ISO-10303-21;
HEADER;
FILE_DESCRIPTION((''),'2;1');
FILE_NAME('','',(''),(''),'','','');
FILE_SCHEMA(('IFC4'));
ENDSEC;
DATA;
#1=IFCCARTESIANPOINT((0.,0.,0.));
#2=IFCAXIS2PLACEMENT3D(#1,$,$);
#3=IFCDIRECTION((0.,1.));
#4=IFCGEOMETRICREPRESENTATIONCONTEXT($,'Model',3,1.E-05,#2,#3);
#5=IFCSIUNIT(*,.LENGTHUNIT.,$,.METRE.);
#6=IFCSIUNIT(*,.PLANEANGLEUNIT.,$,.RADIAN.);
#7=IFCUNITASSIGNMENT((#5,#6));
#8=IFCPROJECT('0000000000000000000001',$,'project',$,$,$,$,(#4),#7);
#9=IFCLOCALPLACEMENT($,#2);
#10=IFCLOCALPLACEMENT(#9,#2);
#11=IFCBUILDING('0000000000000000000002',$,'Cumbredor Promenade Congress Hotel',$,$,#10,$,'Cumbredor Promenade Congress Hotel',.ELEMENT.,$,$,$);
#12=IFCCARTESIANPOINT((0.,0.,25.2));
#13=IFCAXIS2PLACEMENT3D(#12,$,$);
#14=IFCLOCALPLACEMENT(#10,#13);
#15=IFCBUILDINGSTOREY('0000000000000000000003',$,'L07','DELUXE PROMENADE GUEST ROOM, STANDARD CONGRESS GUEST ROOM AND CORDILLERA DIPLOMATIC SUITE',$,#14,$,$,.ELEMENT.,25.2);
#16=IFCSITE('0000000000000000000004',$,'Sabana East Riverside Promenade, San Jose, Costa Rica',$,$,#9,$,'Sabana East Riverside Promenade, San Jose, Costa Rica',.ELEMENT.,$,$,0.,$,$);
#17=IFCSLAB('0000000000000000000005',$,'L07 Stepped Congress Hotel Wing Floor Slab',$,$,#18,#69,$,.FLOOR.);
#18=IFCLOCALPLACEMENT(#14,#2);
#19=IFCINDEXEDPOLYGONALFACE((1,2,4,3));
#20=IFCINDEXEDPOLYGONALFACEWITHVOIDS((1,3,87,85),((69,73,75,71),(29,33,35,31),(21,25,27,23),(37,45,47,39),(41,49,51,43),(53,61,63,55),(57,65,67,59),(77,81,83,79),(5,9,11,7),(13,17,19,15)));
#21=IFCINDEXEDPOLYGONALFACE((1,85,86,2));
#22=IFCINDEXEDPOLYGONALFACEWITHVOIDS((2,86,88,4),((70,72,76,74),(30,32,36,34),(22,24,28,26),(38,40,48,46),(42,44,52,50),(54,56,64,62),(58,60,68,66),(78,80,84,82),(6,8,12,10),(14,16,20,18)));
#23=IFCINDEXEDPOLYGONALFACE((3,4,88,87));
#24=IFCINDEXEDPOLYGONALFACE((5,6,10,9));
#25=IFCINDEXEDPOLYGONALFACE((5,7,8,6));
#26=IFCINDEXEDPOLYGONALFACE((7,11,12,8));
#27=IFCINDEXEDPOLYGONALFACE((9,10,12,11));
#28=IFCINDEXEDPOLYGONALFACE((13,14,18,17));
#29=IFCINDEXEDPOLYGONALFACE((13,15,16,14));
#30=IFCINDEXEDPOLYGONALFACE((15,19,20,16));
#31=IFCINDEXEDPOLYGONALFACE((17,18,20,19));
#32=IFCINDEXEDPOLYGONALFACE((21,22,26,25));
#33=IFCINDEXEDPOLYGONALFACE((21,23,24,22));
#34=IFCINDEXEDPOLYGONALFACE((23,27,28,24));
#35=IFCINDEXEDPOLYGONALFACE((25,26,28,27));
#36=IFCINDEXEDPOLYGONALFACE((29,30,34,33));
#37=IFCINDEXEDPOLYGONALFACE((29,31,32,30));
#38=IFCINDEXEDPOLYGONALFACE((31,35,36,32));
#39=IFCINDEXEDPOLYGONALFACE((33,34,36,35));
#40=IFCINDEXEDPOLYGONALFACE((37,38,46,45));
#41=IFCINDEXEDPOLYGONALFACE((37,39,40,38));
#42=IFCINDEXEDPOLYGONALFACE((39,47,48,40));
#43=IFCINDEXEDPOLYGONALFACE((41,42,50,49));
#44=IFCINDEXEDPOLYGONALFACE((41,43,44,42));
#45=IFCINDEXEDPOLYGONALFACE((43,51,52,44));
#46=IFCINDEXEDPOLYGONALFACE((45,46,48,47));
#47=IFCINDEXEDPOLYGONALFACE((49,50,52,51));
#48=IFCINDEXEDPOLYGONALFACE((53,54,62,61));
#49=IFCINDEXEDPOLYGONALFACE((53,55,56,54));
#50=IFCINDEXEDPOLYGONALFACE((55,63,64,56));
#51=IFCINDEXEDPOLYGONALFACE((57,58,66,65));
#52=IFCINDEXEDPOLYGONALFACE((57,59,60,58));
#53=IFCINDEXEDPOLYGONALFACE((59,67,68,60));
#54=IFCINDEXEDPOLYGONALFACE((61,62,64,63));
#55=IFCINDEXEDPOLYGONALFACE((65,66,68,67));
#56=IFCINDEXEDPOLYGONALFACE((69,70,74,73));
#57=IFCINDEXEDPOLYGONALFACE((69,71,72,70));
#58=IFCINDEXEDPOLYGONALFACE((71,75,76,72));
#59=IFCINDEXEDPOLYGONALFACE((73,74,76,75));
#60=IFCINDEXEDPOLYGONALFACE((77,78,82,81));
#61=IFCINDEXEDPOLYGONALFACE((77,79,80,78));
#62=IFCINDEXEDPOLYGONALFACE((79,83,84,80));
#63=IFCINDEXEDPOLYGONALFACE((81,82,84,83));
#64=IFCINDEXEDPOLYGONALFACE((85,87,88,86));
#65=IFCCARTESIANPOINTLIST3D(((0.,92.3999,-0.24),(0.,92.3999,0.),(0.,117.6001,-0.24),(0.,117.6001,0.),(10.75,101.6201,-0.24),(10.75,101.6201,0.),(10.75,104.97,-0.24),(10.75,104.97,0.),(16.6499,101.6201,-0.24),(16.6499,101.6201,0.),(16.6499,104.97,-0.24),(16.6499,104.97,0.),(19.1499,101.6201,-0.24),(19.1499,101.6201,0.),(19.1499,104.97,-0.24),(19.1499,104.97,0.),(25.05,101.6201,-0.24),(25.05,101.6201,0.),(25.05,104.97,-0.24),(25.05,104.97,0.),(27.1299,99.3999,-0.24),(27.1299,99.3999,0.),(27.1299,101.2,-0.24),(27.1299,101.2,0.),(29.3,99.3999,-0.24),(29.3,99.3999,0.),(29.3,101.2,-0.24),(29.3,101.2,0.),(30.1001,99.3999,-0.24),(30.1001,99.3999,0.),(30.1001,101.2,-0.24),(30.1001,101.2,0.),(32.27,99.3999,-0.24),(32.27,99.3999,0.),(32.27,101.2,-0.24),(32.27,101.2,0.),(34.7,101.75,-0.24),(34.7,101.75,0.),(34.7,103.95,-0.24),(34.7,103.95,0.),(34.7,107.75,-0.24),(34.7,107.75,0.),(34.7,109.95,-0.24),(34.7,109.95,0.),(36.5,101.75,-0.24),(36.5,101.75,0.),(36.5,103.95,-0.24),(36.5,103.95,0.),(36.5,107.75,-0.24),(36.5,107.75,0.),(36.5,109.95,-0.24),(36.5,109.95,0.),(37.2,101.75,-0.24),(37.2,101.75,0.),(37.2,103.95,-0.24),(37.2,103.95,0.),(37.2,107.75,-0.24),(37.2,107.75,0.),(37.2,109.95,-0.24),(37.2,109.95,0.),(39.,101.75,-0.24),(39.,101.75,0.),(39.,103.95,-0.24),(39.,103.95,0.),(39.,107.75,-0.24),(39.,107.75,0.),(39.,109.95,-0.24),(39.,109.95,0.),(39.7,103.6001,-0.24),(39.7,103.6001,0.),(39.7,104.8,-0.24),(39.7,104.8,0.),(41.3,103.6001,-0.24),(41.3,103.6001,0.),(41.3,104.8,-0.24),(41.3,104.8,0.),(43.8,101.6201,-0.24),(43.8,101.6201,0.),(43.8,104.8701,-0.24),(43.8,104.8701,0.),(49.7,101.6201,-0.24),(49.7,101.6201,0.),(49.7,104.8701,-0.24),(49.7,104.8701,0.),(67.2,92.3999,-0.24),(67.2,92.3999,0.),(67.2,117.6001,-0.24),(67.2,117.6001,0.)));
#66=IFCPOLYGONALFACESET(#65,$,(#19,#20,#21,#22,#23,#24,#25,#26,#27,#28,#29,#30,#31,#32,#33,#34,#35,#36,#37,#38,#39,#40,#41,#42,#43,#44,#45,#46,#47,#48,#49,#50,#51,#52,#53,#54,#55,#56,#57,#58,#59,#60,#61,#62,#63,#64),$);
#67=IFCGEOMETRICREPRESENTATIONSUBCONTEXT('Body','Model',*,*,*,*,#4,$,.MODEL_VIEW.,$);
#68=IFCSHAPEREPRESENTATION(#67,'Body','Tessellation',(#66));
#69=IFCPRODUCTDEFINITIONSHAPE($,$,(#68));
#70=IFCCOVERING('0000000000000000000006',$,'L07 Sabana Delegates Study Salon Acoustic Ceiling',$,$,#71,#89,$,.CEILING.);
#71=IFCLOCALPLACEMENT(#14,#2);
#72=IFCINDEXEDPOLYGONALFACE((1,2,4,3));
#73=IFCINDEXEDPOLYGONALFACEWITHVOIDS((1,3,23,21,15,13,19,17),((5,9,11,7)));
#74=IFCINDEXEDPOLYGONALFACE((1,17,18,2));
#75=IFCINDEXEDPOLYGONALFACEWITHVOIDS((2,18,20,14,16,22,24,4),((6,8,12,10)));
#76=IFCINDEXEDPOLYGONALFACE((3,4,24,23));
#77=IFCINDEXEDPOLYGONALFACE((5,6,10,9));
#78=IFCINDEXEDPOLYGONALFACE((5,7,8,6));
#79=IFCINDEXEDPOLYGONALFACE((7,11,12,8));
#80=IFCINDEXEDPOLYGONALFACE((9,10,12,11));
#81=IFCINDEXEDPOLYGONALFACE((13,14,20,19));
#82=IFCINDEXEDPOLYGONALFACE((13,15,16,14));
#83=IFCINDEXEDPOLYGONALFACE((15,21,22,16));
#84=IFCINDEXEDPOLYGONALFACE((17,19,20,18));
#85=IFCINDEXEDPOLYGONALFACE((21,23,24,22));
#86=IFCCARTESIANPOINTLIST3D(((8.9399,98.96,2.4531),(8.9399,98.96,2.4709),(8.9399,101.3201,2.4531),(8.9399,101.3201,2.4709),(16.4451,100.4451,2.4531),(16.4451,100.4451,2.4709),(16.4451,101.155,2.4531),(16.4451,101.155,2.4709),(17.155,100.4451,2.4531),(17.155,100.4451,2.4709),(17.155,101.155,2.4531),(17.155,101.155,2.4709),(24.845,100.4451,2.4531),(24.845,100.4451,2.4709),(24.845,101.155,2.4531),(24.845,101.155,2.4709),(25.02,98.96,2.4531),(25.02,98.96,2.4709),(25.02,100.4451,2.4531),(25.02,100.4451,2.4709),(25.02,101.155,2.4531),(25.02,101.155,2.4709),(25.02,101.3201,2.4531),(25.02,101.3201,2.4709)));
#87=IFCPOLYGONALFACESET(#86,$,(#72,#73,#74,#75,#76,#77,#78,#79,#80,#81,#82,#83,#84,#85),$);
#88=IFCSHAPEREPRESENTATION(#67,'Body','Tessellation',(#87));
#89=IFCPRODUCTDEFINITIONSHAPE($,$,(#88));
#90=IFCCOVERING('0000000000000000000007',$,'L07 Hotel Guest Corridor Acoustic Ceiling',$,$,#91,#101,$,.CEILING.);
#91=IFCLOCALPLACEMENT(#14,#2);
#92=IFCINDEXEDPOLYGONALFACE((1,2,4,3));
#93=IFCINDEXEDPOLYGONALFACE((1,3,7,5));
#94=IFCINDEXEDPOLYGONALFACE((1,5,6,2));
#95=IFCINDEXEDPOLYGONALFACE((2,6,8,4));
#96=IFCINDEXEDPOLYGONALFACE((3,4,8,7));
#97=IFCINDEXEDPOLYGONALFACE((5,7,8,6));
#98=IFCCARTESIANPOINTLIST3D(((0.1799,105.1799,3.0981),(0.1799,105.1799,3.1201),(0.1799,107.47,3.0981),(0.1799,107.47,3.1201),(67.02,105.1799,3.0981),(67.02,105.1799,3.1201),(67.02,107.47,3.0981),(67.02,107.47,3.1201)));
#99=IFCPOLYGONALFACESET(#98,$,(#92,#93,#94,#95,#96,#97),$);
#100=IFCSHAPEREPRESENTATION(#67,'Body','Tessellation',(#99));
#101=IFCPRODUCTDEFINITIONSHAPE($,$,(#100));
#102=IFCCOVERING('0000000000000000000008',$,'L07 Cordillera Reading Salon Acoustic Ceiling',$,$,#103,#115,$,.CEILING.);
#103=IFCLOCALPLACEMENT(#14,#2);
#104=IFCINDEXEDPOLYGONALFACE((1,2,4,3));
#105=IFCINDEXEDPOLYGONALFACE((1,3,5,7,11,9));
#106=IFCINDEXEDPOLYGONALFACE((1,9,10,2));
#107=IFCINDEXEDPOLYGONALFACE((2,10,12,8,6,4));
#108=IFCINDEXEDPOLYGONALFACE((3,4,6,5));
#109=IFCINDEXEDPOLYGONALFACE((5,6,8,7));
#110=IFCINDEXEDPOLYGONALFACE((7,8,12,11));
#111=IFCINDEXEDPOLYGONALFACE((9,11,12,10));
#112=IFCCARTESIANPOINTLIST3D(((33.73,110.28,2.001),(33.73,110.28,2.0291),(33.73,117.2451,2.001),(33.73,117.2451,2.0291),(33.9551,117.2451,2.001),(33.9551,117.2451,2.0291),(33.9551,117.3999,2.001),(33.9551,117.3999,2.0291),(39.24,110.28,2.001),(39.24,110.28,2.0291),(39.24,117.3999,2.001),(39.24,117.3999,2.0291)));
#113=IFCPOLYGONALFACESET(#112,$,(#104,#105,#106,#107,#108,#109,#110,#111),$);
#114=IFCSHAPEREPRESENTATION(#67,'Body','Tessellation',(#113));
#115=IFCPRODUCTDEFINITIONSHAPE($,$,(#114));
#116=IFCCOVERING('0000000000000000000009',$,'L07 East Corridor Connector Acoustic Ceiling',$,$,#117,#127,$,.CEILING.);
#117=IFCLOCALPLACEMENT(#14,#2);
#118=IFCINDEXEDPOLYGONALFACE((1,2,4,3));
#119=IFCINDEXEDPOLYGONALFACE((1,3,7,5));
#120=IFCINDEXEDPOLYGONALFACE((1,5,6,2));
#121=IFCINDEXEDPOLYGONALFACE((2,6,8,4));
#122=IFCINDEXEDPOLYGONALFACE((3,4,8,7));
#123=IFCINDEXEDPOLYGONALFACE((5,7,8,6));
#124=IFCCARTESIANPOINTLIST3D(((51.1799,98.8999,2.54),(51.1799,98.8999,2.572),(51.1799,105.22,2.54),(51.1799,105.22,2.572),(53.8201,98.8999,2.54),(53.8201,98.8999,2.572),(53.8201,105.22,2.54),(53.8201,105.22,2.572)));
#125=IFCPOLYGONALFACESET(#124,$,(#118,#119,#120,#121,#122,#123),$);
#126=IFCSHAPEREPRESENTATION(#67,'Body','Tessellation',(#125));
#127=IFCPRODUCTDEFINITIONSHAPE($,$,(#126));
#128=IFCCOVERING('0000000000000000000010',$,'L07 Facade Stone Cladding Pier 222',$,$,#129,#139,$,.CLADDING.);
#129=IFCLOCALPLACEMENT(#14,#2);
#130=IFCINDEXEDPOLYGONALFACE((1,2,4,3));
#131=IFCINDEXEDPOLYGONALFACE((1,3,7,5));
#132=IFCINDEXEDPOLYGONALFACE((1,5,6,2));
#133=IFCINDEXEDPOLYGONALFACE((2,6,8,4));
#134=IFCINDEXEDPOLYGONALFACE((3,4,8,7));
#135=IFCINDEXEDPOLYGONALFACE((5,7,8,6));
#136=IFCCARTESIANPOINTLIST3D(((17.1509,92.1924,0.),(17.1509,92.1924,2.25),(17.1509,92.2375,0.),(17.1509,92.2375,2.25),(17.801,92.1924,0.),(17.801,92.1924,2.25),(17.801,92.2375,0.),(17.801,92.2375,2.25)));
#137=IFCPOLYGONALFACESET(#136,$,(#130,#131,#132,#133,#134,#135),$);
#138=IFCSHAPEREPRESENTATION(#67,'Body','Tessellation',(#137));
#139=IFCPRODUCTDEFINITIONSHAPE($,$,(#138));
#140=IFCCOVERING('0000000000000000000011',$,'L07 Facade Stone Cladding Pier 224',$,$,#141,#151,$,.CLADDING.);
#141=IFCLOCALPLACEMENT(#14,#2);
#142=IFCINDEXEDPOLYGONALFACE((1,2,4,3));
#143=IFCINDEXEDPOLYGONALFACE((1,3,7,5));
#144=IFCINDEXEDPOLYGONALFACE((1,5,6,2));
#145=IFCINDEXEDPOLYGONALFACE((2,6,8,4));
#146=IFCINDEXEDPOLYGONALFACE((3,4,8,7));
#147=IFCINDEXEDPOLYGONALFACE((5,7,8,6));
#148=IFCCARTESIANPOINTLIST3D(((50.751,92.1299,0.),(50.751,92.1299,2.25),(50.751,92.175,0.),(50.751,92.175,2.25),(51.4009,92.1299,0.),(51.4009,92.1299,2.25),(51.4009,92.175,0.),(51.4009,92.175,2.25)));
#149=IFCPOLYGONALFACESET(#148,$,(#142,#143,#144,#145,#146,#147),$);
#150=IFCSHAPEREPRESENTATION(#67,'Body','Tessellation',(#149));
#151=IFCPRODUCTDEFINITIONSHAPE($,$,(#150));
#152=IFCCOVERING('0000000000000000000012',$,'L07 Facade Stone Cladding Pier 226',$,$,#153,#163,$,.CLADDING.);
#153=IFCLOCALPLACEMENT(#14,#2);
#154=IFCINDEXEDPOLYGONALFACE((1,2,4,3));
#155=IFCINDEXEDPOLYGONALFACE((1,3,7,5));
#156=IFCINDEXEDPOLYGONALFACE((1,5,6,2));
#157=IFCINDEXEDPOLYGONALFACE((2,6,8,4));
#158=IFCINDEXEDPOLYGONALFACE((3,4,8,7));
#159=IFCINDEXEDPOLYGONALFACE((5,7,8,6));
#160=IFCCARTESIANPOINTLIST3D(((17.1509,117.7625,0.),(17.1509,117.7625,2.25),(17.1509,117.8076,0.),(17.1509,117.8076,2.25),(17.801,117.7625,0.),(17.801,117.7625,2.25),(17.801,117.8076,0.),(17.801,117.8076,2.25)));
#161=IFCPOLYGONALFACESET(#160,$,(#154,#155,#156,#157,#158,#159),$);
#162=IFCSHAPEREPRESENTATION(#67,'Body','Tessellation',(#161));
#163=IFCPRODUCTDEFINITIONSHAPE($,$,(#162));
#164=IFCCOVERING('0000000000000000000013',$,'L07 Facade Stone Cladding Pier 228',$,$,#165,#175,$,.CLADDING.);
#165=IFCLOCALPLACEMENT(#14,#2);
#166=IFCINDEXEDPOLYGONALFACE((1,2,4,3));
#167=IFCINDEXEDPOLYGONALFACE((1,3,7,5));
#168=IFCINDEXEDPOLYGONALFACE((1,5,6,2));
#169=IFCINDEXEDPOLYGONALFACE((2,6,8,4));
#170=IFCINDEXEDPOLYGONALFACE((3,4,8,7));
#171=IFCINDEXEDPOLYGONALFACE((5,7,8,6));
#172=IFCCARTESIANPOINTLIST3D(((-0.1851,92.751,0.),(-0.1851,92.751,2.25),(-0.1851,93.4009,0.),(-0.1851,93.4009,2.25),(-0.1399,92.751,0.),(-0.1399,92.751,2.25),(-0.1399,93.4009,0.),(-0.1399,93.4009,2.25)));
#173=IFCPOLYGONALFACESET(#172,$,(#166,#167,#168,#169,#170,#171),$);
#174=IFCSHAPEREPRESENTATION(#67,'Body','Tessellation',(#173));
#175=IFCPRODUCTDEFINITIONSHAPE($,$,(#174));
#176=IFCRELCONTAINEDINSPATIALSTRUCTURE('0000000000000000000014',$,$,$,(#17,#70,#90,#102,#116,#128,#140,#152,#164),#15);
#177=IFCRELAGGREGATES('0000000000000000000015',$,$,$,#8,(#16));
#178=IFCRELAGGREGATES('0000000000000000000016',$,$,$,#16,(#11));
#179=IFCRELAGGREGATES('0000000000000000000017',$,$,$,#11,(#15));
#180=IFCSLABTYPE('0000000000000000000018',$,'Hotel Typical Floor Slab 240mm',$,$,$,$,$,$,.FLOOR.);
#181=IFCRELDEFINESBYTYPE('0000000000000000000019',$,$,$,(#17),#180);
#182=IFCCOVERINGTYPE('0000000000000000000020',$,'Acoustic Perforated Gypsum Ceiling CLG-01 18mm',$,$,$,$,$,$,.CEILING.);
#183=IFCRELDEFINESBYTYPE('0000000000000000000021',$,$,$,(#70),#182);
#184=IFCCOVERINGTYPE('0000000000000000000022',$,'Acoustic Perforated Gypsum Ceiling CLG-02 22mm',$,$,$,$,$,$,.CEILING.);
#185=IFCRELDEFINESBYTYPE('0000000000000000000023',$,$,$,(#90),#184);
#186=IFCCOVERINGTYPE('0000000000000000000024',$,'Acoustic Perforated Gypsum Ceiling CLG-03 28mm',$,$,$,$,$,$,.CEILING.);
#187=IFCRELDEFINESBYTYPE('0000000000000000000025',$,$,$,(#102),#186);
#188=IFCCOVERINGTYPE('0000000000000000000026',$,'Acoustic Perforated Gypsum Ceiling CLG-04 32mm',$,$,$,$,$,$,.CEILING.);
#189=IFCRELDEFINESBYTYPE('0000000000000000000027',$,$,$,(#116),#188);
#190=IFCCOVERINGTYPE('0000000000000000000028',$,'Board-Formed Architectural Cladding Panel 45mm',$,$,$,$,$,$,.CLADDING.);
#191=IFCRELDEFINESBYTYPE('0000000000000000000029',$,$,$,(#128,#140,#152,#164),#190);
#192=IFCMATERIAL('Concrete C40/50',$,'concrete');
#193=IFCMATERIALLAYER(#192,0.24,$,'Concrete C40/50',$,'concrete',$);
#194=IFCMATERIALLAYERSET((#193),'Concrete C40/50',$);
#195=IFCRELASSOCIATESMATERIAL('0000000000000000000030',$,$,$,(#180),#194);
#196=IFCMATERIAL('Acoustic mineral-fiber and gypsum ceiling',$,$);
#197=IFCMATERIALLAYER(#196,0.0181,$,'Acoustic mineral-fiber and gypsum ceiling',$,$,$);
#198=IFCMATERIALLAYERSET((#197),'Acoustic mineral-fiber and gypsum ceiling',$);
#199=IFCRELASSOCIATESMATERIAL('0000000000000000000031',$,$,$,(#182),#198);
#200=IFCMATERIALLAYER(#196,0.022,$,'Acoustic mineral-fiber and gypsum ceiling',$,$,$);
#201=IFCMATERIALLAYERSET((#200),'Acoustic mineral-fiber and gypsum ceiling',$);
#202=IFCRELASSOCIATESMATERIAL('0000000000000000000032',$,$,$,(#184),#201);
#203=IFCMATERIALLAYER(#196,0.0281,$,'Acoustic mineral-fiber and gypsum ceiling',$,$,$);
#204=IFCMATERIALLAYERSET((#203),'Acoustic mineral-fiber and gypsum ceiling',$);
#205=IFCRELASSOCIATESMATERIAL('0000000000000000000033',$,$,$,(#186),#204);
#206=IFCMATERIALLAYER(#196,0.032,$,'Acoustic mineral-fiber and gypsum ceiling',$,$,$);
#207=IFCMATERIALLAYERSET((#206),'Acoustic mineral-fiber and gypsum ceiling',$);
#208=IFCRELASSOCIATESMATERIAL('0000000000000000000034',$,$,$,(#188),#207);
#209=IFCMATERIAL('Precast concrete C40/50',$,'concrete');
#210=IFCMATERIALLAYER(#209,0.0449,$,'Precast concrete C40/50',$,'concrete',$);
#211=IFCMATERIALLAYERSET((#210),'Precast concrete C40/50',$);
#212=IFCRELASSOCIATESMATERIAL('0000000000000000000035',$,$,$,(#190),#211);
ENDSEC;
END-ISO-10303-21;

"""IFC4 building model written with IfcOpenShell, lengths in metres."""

from ifc_helpers import new_model, si_unit, direction, frame, origin, place, context, subcontext, project, spatial, polyline, outline, extrude, material, layer, layer_set, type_object, element, save


model = new_model("IFC4")

# Units and contexts
model_context = context("Model", 3, precision=1e-05, world=origin(), true_north=direction((0.0, 1.0)))
body_context = subcontext(model_context, "Body", "Model", "MODEL_VIEW")
ifc_project = project(units=[si_unit("LENGTHUNIT", "METRE"), si_unit("PLANEANGLEUNIT", "RADIAN")], contexts=[model_context])

# Site, building, storey
site_placement = place(None, origin())
site = spatial("IfcSite", under=ifc_project, at=site_placement, Name="Sabana East Riverside Promenade, San Jose, Costa Rica", LongName="Sabana East Riverside Promenade, San Jose, Costa Rica", CompositionType="ELEMENT", RefElevation=0.0)
building_placement = place(site_placement, origin())
building = spatial("IfcBuilding", under=site, at=building_placement, Name="Cumbredor Promenade Congress Hotel", LongName="Cumbredor Promenade Congress Hotel", CompositionType="ELEMENT")
storey_placement = place(building_placement, frame((0.0, 0.0, 25.2)))
storey = spatial("IfcBuildingStorey", under=building, at=storey_placement, Name="L07", Description="DELUXE PROMENADE GUEST ROOM, STANDARD CONGRESS GUEST ROOM AND CORDILLERA DIPLOMATIC SUITE", CompositionType="ELEMENT", Elevation=25.2)

# Shared definitions
ifc_material_1 = material(Name="Concrete C40/50", Category="concrete")

# Slab
ifc_layer_1 = layer(ifc_material_1, 0.24, Name="Concrete C40/50", Category="concrete")
ifc_layer_set_1 = layer_set([ifc_layer_1], Name="Concrete C40/50")
slab_type_1 = type_object("IfcSlabType", Name="Hotel Typical Floor Slab 240mm", PredefinedType="FLOOR", material=ifc_layer_set_1)
slab_1_placement = place(storey_placement, frame((0.0, 0.0, -0.24)))
element("IfcSlab", 1, at=slab_1_placement, inside=storey, type_object=slab_type_1, Name="L07 Stepped Congress Hotel Wing Floor Slab", PredefinedType="FLOOR", context=body_context, shape_type="SweptSolid", body=[
    extrude(outline(polyline([(0.0, 92.3999), (67.2, 92.3999), (67.2, 117.6001), (0.0, 117.6001), (0.0, 92.3999)]), holes=[polyline([(10.75, 101.6201), (16.6499, 101.6201), (16.6499, 104.97), (10.75, 104.97), (10.75, 101.6201)]), polyline([(19.1499, 101.6201), (25.05, 101.6201), (25.05, 104.97), (19.1499, 104.97), (19.1499, 101.6201)]), polyline([(43.8, 101.6201), (49.7, 101.6201), (49.7, 104.8701), (43.8, 104.8701), (43.8, 101.6201)]), polyline([(27.1299, 99.3999), (29.3, 99.3999), (29.3, 101.2), (27.1299, 101.2), (27.1299, 99.3999)]), polyline([(30.1001, 99.3999), (32.27, 99.3999), (32.27, 101.2), (30.1001, 101.2), (30.1001, 99.3999)]), polyline([(34.7, 107.75), (36.5, 107.75), (36.5, 109.95), (34.7, 109.95), (34.7, 107.75)]), polyline([(37.2, 107.75), (39.0, 107.75), (39.0, 109.95), (37.2, 109.95), (37.2, 107.75)]), polyline([(34.7, 101.75), (36.5, 101.75), (36.5, 103.95), (34.7, 103.95), (34.7, 101.75)]), polyline([(37.2, 101.75), (39.0, 101.75), (39.0, 103.95), (37.2, 103.95), (37.2, 101.75)]), polyline([(39.7, 103.6001), (41.3, 103.6001), (41.3, 104.8), (39.7, 104.8), (39.7, 103.6001)])]), origin(), (0.0, 0.0, 1.0), 0.24),
])

# Coverings
ifc_material_2 = material(Name="Acoustic mineral-fiber and gypsum ceiling")
ifc_layer_2 = layer(ifc_material_2, 0.0181, Name="Acoustic mineral-fiber and gypsum ceiling")
ifc_layer_set_2 = layer_set([ifc_layer_2], Name="Acoustic mineral-fiber and gypsum ceiling")
covering_type_1 = type_object("IfcCoveringType", Name="Acoustic Perforated Gypsum Ceiling CLG-01 18mm", PredefinedType="CEILING", material=ifc_layer_set_2)
covering_1_placement = place(storey_placement, frame((0.0, 0.0, 2.4531)))
element("IfcCovering", 2, at=covering_1_placement, inside=storey, type_object=covering_type_1, Name="L07 Sabana Delegates Study Salon Acoustic Ceiling", PredefinedType="CEILING", context=body_context, shape_type="SweptSolid", body=[
    extrude(outline(polyline([(8.9399, 101.3201), (25.02, 101.3201), (25.02, 101.155), (24.845, 101.155), (24.845, 100.4451), (25.02, 100.4451), (25.02, 98.96), (8.9399, 98.96), (8.9399, 101.3201)]), holes=[polyline([(16.4451, 101.155), (16.4451, 100.4451), (17.155, 100.4451), (17.155, 101.155), (16.4451, 101.155)])]), origin(), (0.0, 0.0, 1.0), 0.0178),
])
ifc_layer_3 = layer(ifc_material_2, 0.022, Name="Acoustic mineral-fiber and gypsum ceiling")
ifc_layer_set_3 = layer_set([ifc_layer_3], Name="Acoustic mineral-fiber and gypsum ceiling")
covering_type_2 = type_object("IfcCoveringType", Name="Acoustic Perforated Gypsum Ceiling CLG-02 22mm", PredefinedType="CEILING", material=ifc_layer_set_3)
covering_2_placement = place(storey_placement, frame((0.0, 0.0, 3.0981)))
element("IfcCovering", 3, at=covering_2_placement, inside=storey, type_object=covering_type_2, Name="L07 Hotel Guest Corridor Acoustic Ceiling", PredefinedType="CEILING", context=body_context, shape_type="SweptSolid", body=[
    extrude(outline(polyline([(67.02, 105.1799), (67.02, 107.47), (0.1799, 107.47), (0.1799, 105.1799), (67.02, 105.1799)])), origin(), (0.0, 0.0, 1.0), 0.022),
])
ifc_layer_4 = layer(ifc_material_2, 0.0281, Name="Acoustic mineral-fiber and gypsum ceiling")
ifc_layer_set_4 = layer_set([ifc_layer_4], Name="Acoustic mineral-fiber and gypsum ceiling")
covering_type_3 = type_object("IfcCoveringType", Name="Acoustic Perforated Gypsum Ceiling CLG-03 28mm", PredefinedType="CEILING", material=ifc_layer_set_4)
covering_3_placement = place(storey_placement, frame((0.0, 0.0, 2.001)))
element("IfcCovering", 4, at=covering_3_placement, inside=storey, type_object=covering_type_3, Name="L07 Cordillera Reading Salon Acoustic Ceiling", PredefinedType="CEILING", context=body_context, shape_type="SweptSolid", body=[
    extrude(outline(polyline([(39.24, 117.3999), (39.24, 110.28), (33.73, 110.28), (33.73, 117.2451), (33.9551, 117.2451), (33.9551, 117.3999), (39.24, 117.3999)])), origin(), (0.0, 0.0, 1.0), 0.0281),
])
ifc_layer_5 = layer(ifc_material_2, 0.032, Name="Acoustic mineral-fiber and gypsum ceiling")
ifc_layer_set_5 = layer_set([ifc_layer_5], Name="Acoustic mineral-fiber and gypsum ceiling")
covering_type_4 = type_object("IfcCoveringType", Name="Acoustic Perforated Gypsum Ceiling CLG-04 32mm", PredefinedType="CEILING", material=ifc_layer_set_5)
covering_4_placement = place(storey_placement, frame((0.0, 0.0, 2.54)))
element("IfcCovering", 5, at=covering_4_placement, inside=storey, type_object=covering_type_4, Name="L07 East Corridor Connector Acoustic Ceiling", PredefinedType="CEILING", context=body_context, shape_type="SweptSolid", body=[
    extrude(outline(polyline([(53.8201, 98.8999), (53.8201, 105.22), (51.1799, 105.22), (51.1799, 98.8999), (53.8201, 98.8999)])), origin(), (0.0, 0.0, 1.0), 0.032),
])
ifc_material_3 = material(Name="Precast concrete C40/50", Category="concrete")
ifc_layer_6 = layer(ifc_material_3, 0.0449, Name="Precast concrete C40/50", Category="concrete")
ifc_layer_set_6 = layer_set([ifc_layer_6], Name="Precast concrete C40/50")
covering_type_5 = type_object("IfcCoveringType", Name="Board-Formed Architectural Cladding Panel 45mm", PredefinedType="CLADDING", material=ifc_layer_set_6)
covering_5_placement = place(storey_placement, origin())
element("IfcCovering", 6, at=covering_5_placement, inside=storey, type_object=covering_type_5, Name="L07 Facade Stone Cladding Pier 222", PredefinedType="CLADDING", context=body_context, shape_type="SweptSolid", body=[
    extrude(outline(polyline([(17.1509, 92.2375), (17.801, 92.2375), (17.801, 92.1924), (17.1509, 92.1924), (17.1509, 92.2375)])), origin(), (0.0, 0.0, 1.0), 2.25),
])
covering_6_placement = place(storey_placement, origin())
element("IfcCovering", 7, at=covering_6_placement, inside=storey, type_object=covering_type_5, Name="L07 Facade Stone Cladding Pier 224", PredefinedType="CLADDING", context=body_context, shape_type="SweptSolid", body=[
    extrude(outline(polyline([(50.751, 92.175), (51.4009, 92.175), (51.4009, 92.1299), (50.751, 92.1299), (50.751, 92.175)])), origin(), (0.0, 0.0, 1.0), 2.25),
])
covering_7_placement = place(storey_placement, origin())
element("IfcCovering", 8, at=covering_7_placement, inside=storey, type_object=covering_type_5, Name="L07 Facade Stone Cladding Pier 226", PredefinedType="CLADDING", context=body_context, shape_type="SweptSolid", body=[
    extrude(outline(polyline([(17.1509, 117.7625), (17.801, 117.7625), (17.801, 117.8076), (17.1509, 117.8076), (17.1509, 117.7625)])), origin(), (0.0, 0.0, 1.0), 2.25),
])
covering_8_placement = place(storey_placement, origin())
element("IfcCovering", 9, at=covering_8_placement, inside=storey, type_object=covering_type_5, Name="L07 Facade Stone Cladding Pier 228", PredefinedType="CLADDING", context=body_context, shape_type="SweptSolid", body=[
    extrude(outline(polyline([(-0.1399, 92.751), (-0.1399, 93.4009), (-0.1851, 93.4009), (-0.1851, 92.751), (-0.1399, 92.751)])), origin(), (0.0, 0.0, 1.0), 2.25),
])

save(model, "model.ifc")
